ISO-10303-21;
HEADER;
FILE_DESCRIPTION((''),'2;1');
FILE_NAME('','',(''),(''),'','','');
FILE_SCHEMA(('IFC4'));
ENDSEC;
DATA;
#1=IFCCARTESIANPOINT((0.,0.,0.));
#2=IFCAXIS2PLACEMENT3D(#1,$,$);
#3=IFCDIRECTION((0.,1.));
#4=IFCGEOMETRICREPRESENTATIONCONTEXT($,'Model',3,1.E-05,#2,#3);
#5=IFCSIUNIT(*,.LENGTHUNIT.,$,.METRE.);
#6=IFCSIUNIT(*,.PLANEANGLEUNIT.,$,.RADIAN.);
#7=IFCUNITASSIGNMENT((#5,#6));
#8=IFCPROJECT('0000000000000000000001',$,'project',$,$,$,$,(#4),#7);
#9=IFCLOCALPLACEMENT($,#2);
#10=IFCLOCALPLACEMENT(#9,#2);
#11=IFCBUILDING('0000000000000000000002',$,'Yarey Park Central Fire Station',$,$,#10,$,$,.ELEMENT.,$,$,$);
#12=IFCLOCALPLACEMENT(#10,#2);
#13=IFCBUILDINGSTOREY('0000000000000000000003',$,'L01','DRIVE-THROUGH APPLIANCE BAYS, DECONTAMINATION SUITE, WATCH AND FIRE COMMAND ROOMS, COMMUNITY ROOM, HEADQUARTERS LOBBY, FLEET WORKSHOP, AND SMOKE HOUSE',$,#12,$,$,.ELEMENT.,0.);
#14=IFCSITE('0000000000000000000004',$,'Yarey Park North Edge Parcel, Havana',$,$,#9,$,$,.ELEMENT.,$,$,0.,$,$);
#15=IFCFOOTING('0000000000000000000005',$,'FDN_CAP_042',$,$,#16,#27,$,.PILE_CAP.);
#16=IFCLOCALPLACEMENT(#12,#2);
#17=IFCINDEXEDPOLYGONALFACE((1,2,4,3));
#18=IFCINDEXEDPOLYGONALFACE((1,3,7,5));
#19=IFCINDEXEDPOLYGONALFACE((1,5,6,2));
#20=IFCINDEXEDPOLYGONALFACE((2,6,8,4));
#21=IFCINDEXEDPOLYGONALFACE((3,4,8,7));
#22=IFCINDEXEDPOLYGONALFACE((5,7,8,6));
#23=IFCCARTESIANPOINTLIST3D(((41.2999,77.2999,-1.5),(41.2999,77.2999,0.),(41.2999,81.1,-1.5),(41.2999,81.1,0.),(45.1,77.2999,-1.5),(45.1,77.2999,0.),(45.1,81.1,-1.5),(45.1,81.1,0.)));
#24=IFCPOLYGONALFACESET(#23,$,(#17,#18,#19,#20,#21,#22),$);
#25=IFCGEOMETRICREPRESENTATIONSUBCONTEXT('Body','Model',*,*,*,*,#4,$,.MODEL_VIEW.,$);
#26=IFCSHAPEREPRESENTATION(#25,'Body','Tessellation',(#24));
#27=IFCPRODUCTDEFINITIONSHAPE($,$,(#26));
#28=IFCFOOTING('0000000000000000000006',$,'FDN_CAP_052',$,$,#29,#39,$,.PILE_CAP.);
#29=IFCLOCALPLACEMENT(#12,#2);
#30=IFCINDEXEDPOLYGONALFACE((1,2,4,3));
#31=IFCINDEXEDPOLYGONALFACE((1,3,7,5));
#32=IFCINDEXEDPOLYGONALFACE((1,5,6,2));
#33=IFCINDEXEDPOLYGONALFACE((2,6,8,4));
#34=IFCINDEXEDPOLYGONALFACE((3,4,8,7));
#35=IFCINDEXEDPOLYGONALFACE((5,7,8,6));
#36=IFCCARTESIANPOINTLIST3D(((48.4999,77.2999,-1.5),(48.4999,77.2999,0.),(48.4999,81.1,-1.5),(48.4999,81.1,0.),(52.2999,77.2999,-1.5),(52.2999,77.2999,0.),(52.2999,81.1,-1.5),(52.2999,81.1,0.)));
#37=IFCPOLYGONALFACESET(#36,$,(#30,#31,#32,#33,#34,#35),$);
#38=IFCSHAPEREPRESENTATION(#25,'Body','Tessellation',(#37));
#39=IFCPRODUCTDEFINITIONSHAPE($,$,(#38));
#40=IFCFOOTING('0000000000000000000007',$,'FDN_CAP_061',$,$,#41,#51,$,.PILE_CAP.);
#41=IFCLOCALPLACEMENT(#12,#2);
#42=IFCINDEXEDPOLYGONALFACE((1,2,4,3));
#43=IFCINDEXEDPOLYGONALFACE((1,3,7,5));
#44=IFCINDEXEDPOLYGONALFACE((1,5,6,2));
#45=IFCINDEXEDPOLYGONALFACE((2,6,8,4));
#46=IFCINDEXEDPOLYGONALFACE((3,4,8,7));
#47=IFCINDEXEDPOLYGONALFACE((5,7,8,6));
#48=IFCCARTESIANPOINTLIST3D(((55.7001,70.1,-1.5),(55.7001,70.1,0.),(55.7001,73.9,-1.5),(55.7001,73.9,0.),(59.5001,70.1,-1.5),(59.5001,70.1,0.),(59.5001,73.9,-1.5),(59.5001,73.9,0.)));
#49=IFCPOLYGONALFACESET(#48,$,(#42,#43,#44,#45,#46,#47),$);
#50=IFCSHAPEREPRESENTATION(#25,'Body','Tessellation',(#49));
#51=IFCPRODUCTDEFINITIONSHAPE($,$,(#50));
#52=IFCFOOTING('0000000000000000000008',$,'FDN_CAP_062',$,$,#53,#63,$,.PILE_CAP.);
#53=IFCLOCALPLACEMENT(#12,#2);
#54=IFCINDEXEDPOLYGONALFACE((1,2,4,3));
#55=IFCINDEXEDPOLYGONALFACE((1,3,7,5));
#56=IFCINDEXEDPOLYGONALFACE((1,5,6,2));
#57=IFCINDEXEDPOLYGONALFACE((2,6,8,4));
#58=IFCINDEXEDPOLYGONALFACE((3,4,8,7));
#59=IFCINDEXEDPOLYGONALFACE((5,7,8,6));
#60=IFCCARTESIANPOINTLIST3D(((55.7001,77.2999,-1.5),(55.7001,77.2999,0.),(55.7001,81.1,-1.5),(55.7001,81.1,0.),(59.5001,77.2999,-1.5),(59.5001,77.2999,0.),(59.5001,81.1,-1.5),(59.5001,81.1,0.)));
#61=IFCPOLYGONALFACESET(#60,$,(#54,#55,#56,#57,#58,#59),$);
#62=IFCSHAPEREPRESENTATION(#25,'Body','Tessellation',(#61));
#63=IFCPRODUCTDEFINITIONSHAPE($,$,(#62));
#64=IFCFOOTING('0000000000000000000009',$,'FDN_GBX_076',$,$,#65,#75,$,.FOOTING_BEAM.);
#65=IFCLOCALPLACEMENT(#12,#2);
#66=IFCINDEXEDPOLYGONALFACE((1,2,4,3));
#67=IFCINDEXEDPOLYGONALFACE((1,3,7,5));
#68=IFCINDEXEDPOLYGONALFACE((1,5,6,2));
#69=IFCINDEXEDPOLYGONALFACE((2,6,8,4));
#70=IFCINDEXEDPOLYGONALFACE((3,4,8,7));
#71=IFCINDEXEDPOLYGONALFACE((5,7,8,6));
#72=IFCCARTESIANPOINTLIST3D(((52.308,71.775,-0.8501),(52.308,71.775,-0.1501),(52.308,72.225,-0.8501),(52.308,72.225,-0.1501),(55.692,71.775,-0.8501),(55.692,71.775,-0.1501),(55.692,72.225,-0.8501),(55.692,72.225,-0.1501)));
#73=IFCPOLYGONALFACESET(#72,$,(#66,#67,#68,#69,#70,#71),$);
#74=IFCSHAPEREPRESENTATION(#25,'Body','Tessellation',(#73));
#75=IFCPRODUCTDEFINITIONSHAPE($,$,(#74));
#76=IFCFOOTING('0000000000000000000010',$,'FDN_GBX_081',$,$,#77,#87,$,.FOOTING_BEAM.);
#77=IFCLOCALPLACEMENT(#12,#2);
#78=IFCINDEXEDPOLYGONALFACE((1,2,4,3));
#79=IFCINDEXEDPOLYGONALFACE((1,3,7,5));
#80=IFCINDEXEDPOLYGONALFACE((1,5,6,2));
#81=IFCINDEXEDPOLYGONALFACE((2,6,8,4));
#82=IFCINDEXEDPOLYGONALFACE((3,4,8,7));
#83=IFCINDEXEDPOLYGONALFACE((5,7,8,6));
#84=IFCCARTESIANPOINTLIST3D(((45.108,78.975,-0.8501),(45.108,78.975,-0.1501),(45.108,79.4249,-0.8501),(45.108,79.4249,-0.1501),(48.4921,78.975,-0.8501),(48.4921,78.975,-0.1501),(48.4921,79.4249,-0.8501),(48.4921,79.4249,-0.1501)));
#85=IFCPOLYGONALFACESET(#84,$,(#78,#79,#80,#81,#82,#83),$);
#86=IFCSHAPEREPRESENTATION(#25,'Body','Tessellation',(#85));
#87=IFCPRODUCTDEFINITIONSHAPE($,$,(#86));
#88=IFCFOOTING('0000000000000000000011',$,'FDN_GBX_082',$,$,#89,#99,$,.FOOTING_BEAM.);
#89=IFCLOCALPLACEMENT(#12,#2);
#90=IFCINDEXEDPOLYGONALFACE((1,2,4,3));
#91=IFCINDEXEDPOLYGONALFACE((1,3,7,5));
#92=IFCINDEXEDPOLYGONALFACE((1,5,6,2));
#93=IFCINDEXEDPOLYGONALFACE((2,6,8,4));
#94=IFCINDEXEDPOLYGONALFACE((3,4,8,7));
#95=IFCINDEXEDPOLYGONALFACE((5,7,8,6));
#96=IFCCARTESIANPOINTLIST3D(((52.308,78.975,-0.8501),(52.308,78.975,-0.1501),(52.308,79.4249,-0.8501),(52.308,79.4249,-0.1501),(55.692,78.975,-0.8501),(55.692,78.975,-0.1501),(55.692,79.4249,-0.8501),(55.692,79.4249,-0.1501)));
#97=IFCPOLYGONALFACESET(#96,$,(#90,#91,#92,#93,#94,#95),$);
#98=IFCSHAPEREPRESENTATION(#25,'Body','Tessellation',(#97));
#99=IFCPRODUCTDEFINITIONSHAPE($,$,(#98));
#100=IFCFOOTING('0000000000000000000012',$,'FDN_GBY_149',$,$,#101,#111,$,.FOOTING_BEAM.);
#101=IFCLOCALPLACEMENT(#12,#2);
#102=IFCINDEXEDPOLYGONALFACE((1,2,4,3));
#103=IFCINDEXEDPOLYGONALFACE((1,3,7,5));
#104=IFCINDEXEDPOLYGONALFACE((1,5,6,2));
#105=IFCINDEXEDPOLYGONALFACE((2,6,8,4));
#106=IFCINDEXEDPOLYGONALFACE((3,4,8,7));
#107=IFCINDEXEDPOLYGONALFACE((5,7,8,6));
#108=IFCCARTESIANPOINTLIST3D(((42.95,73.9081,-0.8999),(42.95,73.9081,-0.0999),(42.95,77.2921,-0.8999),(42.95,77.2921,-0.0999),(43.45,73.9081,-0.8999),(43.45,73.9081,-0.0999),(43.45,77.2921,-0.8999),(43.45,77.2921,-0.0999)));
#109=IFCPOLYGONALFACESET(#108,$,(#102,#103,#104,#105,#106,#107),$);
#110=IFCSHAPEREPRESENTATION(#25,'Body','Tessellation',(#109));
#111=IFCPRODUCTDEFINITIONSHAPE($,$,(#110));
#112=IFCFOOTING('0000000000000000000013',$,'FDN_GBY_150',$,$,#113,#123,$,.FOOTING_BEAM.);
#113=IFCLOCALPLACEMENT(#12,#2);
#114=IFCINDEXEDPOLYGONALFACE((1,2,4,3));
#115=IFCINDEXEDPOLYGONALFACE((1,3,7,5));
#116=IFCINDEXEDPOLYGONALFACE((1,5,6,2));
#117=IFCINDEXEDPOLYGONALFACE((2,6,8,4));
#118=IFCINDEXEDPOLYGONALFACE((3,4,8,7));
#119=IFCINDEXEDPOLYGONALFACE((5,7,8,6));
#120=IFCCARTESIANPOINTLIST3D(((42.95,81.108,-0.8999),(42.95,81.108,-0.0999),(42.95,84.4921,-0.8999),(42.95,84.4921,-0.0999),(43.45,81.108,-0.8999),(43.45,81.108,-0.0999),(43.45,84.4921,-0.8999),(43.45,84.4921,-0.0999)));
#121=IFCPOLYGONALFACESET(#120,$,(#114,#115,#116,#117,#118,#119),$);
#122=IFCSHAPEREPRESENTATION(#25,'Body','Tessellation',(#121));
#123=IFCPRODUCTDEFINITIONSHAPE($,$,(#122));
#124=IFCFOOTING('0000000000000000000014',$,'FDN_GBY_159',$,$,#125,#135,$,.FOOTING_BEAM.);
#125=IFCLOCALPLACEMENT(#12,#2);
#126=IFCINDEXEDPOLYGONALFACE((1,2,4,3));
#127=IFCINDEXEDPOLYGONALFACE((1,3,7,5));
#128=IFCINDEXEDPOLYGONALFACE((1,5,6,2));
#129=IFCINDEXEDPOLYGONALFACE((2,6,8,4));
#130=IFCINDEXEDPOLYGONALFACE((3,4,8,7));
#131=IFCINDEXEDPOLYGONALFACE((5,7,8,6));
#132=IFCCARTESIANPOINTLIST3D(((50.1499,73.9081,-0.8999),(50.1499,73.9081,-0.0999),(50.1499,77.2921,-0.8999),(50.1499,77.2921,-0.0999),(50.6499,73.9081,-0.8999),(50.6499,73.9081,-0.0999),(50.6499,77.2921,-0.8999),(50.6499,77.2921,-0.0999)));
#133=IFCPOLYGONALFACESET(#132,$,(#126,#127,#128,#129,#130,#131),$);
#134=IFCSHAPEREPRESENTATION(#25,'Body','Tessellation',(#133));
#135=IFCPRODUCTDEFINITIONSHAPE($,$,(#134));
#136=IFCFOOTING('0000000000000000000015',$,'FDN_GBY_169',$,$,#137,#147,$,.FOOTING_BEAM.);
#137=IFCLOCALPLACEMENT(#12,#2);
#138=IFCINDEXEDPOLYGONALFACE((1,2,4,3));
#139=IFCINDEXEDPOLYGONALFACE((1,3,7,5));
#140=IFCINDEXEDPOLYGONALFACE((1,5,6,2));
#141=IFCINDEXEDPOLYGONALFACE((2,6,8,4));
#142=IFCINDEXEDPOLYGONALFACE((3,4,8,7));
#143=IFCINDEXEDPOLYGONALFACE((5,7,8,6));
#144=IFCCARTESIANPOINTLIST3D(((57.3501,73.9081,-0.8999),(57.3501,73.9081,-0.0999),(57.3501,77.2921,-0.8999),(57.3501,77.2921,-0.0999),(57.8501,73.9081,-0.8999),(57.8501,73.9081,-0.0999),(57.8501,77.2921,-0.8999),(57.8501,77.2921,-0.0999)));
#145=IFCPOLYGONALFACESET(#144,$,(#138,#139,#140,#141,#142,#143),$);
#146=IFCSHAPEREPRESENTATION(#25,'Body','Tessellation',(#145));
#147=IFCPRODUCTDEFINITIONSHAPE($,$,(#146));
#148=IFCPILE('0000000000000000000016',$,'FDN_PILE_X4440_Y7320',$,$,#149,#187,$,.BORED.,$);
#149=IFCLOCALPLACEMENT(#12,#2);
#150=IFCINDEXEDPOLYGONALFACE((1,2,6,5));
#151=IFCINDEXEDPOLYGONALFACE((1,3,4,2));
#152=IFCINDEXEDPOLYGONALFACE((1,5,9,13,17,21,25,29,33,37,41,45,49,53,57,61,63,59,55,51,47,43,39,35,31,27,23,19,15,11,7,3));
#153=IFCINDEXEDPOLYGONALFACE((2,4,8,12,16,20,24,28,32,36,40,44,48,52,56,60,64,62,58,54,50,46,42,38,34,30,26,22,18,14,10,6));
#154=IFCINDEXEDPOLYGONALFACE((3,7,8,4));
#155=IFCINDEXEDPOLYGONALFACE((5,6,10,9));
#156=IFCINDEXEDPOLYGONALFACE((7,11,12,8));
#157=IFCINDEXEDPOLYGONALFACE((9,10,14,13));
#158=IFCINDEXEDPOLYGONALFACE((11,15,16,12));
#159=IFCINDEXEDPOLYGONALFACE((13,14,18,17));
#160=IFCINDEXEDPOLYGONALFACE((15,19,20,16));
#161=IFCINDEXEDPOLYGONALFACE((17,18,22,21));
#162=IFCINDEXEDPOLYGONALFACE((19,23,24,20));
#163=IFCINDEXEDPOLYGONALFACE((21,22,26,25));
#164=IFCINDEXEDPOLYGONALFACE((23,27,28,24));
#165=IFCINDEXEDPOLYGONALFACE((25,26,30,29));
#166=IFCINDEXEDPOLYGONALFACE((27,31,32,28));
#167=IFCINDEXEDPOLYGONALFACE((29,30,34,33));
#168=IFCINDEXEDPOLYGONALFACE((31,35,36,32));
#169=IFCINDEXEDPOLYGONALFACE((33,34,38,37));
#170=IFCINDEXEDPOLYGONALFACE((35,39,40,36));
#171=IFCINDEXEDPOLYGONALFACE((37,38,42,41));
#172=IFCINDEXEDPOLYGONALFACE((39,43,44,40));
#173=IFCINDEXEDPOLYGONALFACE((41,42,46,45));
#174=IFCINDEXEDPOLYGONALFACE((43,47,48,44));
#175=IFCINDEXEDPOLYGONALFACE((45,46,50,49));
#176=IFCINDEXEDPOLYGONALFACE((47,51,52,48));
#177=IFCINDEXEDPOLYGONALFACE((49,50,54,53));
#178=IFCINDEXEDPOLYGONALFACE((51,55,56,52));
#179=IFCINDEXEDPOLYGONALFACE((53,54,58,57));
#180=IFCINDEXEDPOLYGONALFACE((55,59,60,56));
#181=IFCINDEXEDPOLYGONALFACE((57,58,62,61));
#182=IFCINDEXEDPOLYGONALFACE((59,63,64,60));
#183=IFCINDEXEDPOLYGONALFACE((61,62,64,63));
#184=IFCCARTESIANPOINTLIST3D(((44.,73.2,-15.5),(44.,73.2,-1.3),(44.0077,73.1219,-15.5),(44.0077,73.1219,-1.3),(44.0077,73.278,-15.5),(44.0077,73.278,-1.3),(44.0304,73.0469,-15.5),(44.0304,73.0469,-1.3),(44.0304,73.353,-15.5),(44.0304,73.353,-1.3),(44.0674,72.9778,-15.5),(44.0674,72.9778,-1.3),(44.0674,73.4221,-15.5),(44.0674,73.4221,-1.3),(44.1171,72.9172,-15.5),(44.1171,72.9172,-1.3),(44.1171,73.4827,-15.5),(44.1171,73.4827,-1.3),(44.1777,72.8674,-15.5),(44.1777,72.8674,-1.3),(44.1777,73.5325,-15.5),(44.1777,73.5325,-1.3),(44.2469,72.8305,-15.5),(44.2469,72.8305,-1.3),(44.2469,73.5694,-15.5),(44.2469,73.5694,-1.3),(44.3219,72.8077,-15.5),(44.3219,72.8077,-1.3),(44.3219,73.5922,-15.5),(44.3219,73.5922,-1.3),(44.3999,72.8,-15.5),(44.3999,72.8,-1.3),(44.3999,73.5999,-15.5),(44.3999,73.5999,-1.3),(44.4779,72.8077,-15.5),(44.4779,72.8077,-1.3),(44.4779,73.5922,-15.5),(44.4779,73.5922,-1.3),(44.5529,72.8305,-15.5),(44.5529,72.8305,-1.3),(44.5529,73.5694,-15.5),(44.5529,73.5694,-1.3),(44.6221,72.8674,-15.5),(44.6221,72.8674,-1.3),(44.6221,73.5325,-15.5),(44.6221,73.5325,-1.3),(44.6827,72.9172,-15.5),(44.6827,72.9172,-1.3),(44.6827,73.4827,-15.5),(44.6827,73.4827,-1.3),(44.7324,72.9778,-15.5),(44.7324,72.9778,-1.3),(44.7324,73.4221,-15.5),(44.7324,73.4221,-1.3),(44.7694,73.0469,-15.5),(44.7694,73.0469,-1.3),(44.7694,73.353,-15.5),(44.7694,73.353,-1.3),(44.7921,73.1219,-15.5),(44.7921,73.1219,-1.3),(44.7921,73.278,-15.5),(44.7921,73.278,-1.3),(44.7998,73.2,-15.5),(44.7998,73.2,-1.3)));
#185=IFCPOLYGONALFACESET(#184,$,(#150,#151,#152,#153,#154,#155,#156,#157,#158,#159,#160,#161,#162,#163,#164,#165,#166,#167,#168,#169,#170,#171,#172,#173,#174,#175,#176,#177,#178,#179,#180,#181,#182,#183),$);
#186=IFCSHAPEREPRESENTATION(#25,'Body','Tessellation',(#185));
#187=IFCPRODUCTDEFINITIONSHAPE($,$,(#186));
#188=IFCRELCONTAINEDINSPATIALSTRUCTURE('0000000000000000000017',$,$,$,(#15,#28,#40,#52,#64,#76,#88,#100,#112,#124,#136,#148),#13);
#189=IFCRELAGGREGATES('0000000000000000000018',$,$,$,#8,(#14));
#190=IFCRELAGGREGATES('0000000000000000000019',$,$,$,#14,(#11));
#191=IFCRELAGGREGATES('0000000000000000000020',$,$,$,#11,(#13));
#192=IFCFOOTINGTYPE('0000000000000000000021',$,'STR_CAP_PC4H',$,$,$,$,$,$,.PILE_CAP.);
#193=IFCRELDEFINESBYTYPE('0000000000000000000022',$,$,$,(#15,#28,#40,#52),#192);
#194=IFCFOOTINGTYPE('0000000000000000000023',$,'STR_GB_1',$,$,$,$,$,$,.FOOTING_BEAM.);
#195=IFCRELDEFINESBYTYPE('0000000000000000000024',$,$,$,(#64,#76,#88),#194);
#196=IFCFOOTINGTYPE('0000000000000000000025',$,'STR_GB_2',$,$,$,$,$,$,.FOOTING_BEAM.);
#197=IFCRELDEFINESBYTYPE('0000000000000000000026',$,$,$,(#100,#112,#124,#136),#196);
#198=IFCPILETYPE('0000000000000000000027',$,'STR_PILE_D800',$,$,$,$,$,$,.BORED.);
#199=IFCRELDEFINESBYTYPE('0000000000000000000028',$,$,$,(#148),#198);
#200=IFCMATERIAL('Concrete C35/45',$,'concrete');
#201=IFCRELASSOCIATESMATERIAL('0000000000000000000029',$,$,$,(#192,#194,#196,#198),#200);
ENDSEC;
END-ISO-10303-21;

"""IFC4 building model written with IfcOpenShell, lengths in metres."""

from ifc_helpers import new_model, si_unit, direction, frame, origin, origin_2d, place, context, subcontext, project, spatial, rectangle, circle, extrude, material, material_profile, profile_set, type_object, element, save


model = new_model("IFC4")

# Units and contexts
model_context = context("Model", 3, precision=1e-05, world=origin(), true_north=direction((0.0, 1.0)))
body_context = subcontext(model_context, "Body", "Model", "MODEL_VIEW")
ifc_project = project(units=[si_unit("LENGTHUNIT", "METRE"), si_unit("PLANEANGLEUNIT", "RADIAN")], contexts=[model_context])

# Site, building, storey
site_placement = place(None, origin())
site = spatial("IfcSite", under=ifc_project, at=site_placement, Name="Yarey Park North Edge Parcel, Havana", CompositionType="ELEMENT", RefElevation=0.0)
building_placement = place(site_placement, origin())
building = spatial("IfcBuilding", under=site, at=building_placement, Name="Yarey Park Central Fire Station", CompositionType="ELEMENT")
storey_placement = place(building_placement, origin())
storey = spatial("IfcBuildingStorey", under=building, at=storey_placement, Name="L01", Description="DRIVE-THROUGH APPLIANCE BAYS, DECONTAMINATION SUITE, WATCH AND FIRE COMMAND ROOMS, COMMUNITY ROOM, HEADQUARTERS LOBBY, FLEET WORKSHOP, AND SMOKE HOUSE", CompositionType="ELEMENT", Elevation=0.0)

# Footings
ifc_material_1 = material(Name="Concrete C35/45", Category="concrete")
footing_type_1 = type_object("IfcFootingType", Name="STR_CAP_PC4H", PredefinedType="PILE_CAP", material=ifc_material_1)
for number, where, z_axis, x_axis, name in (
    (1, (43.2, 79.2, -1.5), (0.0, 0.0, 1.0), (1.0, 0.0, 0.0), "FDN_CAP_042"),
    (2, (50.3999, 79.2, -1.5), (0.0, 0.0, 1.0), (1.0, 0.0, 0.0), "FDN_CAP_052"),
    (3, (57.6001, 72.0, -1.5), (0.0, 0.0, 1.0), (1.0, 0.0, 0.0), "FDN_CAP_061"),
    (4, (57.6001, 79.2, -1.5), (0.0, 0.0, 1.0), (1.0, 0.0, 0.0), "FDN_CAP_062"),
):
    element("IfcFooting", number, at=place(storey_placement, frame(where, z_axis=z_axis, x_axis=x_axis)), inside=storey, type_object=footing_type_1, Name=name, PredefinedType="PILE_CAP", context=body_context, shape_type="SweptSolid", body=[
        extrude(rectangle(XDim=3.8, YDim=3.8, at=origin_2d()), origin(), (0.0, 0.0, 1.0), 1.5),
    ])
footing_type_2 = type_object("IfcFootingType", Name="STR_GB_1", PredefinedType="FOOTING_BEAM", material=ifc_material_1)
for number, where, z_axis, x_axis, name in (
    (5, (54.0, 72.0, -0.8501), (0.0, 0.0, 1.0), (1.0, 0.0, 0.0), "FDN_GBX_076"),
    (6, (46.8, 79.2, -0.8501), (0.0, 0.0, 1.0), (1.0, 0.0, 0.0), "FDN_GBX_081"),
    (7, (54.0, 79.2, -0.8501), (0.0, 0.0, 1.0), (1.0, 0.0, 0.0), "FDN_GBX_082"),
):
    element("IfcFooting", number, at=place(storey_placement, frame(where, z_axis=z_axis, x_axis=x_axis)), inside=storey, type_object=footing_type_2, Name=name, PredefinedType="FOOTING_BEAM", context=body_context, shape_type="SweptSolid", body=[
        extrude(rectangle(XDim=3.384, YDim=0.45, at=origin_2d()), origin(), (0.0, 0.0, 1.0), 0.7),
    ])
footing_type_3 = type_object("IfcFootingType", Name="STR_GB_2", PredefinedType="FOOTING_BEAM", material=ifc_material_1)
for number, where, z_axis, x_axis, name in (
    (8, (43.2, 75.6001, -0.8999), (0.0, 0.0, 1.0), (1.0, 0.0, 0.0), "FDN_GBY_149"),
    (9, (43.2, 82.8, -0.8999), (0.0, 0.0, 1.0), (1.0, 0.0, 0.0), "FDN_GBY_150"),
    (10, (50.3999, 75.6001, -0.8999), (0.0, 0.0, 1.0), (1.0, 0.0, 0.0), "FDN_GBY_159"),
    (11, (57.6001, 75.6001, -0.8999), (0.0, 0.0, 1.0), (1.0, 0.0, 0.0), "FDN_GBY_169"),
):
    element("IfcFooting", number, at=place(storey_placement, frame(where, z_axis=z_axis, x_axis=x_axis)), inside=storey, type_object=footing_type_3, Name=name, PredefinedType="FOOTING_BEAM", context=body_context, shape_type="SweptSolid", body=[
        extrude(rectangle(XDim=0.5, YDim=3.384, at=origin_2d()), origin(), (0.0, 0.0, 1.0), 0.8),
    ])

# Pile
ifc_material_profile_1 = material_profile(ifc_material_1, circle(Radius=0.3999, at=origin_2d()), Name="BORED PILE D800")
ifc_profile_set_1 = profile_set([ifc_material_profile_1], Name="Concrete C35/45")
pile_type = type_object("IfcPileType", Name="STR_PILE_D800", PredefinedType="BORED", material=ifc_profile_set_1)
for number, where, z_axis, x_axis, name in (
    (12, (44.3999, 73.2, -1.3), (0.0, 0.0, -1.0), (1.0, 0.0, 0.0), "FDN_PILE_X4440_Y7320"),
):
    element("IfcPile", number, at=place(storey_placement, frame(where, z_axis=z_axis, x_axis=x_axis)), inside=storey, type_object=pile_type, Name=name, PredefinedType="BORED", context=body_context, shape_type="SweptSolid", body=[
        extrude(circle(Radius=0.3999, at=origin_2d()), origin(), (0.0, 0.0, 1.0), 14.2),
    ])

save(model, "model.ifc")
